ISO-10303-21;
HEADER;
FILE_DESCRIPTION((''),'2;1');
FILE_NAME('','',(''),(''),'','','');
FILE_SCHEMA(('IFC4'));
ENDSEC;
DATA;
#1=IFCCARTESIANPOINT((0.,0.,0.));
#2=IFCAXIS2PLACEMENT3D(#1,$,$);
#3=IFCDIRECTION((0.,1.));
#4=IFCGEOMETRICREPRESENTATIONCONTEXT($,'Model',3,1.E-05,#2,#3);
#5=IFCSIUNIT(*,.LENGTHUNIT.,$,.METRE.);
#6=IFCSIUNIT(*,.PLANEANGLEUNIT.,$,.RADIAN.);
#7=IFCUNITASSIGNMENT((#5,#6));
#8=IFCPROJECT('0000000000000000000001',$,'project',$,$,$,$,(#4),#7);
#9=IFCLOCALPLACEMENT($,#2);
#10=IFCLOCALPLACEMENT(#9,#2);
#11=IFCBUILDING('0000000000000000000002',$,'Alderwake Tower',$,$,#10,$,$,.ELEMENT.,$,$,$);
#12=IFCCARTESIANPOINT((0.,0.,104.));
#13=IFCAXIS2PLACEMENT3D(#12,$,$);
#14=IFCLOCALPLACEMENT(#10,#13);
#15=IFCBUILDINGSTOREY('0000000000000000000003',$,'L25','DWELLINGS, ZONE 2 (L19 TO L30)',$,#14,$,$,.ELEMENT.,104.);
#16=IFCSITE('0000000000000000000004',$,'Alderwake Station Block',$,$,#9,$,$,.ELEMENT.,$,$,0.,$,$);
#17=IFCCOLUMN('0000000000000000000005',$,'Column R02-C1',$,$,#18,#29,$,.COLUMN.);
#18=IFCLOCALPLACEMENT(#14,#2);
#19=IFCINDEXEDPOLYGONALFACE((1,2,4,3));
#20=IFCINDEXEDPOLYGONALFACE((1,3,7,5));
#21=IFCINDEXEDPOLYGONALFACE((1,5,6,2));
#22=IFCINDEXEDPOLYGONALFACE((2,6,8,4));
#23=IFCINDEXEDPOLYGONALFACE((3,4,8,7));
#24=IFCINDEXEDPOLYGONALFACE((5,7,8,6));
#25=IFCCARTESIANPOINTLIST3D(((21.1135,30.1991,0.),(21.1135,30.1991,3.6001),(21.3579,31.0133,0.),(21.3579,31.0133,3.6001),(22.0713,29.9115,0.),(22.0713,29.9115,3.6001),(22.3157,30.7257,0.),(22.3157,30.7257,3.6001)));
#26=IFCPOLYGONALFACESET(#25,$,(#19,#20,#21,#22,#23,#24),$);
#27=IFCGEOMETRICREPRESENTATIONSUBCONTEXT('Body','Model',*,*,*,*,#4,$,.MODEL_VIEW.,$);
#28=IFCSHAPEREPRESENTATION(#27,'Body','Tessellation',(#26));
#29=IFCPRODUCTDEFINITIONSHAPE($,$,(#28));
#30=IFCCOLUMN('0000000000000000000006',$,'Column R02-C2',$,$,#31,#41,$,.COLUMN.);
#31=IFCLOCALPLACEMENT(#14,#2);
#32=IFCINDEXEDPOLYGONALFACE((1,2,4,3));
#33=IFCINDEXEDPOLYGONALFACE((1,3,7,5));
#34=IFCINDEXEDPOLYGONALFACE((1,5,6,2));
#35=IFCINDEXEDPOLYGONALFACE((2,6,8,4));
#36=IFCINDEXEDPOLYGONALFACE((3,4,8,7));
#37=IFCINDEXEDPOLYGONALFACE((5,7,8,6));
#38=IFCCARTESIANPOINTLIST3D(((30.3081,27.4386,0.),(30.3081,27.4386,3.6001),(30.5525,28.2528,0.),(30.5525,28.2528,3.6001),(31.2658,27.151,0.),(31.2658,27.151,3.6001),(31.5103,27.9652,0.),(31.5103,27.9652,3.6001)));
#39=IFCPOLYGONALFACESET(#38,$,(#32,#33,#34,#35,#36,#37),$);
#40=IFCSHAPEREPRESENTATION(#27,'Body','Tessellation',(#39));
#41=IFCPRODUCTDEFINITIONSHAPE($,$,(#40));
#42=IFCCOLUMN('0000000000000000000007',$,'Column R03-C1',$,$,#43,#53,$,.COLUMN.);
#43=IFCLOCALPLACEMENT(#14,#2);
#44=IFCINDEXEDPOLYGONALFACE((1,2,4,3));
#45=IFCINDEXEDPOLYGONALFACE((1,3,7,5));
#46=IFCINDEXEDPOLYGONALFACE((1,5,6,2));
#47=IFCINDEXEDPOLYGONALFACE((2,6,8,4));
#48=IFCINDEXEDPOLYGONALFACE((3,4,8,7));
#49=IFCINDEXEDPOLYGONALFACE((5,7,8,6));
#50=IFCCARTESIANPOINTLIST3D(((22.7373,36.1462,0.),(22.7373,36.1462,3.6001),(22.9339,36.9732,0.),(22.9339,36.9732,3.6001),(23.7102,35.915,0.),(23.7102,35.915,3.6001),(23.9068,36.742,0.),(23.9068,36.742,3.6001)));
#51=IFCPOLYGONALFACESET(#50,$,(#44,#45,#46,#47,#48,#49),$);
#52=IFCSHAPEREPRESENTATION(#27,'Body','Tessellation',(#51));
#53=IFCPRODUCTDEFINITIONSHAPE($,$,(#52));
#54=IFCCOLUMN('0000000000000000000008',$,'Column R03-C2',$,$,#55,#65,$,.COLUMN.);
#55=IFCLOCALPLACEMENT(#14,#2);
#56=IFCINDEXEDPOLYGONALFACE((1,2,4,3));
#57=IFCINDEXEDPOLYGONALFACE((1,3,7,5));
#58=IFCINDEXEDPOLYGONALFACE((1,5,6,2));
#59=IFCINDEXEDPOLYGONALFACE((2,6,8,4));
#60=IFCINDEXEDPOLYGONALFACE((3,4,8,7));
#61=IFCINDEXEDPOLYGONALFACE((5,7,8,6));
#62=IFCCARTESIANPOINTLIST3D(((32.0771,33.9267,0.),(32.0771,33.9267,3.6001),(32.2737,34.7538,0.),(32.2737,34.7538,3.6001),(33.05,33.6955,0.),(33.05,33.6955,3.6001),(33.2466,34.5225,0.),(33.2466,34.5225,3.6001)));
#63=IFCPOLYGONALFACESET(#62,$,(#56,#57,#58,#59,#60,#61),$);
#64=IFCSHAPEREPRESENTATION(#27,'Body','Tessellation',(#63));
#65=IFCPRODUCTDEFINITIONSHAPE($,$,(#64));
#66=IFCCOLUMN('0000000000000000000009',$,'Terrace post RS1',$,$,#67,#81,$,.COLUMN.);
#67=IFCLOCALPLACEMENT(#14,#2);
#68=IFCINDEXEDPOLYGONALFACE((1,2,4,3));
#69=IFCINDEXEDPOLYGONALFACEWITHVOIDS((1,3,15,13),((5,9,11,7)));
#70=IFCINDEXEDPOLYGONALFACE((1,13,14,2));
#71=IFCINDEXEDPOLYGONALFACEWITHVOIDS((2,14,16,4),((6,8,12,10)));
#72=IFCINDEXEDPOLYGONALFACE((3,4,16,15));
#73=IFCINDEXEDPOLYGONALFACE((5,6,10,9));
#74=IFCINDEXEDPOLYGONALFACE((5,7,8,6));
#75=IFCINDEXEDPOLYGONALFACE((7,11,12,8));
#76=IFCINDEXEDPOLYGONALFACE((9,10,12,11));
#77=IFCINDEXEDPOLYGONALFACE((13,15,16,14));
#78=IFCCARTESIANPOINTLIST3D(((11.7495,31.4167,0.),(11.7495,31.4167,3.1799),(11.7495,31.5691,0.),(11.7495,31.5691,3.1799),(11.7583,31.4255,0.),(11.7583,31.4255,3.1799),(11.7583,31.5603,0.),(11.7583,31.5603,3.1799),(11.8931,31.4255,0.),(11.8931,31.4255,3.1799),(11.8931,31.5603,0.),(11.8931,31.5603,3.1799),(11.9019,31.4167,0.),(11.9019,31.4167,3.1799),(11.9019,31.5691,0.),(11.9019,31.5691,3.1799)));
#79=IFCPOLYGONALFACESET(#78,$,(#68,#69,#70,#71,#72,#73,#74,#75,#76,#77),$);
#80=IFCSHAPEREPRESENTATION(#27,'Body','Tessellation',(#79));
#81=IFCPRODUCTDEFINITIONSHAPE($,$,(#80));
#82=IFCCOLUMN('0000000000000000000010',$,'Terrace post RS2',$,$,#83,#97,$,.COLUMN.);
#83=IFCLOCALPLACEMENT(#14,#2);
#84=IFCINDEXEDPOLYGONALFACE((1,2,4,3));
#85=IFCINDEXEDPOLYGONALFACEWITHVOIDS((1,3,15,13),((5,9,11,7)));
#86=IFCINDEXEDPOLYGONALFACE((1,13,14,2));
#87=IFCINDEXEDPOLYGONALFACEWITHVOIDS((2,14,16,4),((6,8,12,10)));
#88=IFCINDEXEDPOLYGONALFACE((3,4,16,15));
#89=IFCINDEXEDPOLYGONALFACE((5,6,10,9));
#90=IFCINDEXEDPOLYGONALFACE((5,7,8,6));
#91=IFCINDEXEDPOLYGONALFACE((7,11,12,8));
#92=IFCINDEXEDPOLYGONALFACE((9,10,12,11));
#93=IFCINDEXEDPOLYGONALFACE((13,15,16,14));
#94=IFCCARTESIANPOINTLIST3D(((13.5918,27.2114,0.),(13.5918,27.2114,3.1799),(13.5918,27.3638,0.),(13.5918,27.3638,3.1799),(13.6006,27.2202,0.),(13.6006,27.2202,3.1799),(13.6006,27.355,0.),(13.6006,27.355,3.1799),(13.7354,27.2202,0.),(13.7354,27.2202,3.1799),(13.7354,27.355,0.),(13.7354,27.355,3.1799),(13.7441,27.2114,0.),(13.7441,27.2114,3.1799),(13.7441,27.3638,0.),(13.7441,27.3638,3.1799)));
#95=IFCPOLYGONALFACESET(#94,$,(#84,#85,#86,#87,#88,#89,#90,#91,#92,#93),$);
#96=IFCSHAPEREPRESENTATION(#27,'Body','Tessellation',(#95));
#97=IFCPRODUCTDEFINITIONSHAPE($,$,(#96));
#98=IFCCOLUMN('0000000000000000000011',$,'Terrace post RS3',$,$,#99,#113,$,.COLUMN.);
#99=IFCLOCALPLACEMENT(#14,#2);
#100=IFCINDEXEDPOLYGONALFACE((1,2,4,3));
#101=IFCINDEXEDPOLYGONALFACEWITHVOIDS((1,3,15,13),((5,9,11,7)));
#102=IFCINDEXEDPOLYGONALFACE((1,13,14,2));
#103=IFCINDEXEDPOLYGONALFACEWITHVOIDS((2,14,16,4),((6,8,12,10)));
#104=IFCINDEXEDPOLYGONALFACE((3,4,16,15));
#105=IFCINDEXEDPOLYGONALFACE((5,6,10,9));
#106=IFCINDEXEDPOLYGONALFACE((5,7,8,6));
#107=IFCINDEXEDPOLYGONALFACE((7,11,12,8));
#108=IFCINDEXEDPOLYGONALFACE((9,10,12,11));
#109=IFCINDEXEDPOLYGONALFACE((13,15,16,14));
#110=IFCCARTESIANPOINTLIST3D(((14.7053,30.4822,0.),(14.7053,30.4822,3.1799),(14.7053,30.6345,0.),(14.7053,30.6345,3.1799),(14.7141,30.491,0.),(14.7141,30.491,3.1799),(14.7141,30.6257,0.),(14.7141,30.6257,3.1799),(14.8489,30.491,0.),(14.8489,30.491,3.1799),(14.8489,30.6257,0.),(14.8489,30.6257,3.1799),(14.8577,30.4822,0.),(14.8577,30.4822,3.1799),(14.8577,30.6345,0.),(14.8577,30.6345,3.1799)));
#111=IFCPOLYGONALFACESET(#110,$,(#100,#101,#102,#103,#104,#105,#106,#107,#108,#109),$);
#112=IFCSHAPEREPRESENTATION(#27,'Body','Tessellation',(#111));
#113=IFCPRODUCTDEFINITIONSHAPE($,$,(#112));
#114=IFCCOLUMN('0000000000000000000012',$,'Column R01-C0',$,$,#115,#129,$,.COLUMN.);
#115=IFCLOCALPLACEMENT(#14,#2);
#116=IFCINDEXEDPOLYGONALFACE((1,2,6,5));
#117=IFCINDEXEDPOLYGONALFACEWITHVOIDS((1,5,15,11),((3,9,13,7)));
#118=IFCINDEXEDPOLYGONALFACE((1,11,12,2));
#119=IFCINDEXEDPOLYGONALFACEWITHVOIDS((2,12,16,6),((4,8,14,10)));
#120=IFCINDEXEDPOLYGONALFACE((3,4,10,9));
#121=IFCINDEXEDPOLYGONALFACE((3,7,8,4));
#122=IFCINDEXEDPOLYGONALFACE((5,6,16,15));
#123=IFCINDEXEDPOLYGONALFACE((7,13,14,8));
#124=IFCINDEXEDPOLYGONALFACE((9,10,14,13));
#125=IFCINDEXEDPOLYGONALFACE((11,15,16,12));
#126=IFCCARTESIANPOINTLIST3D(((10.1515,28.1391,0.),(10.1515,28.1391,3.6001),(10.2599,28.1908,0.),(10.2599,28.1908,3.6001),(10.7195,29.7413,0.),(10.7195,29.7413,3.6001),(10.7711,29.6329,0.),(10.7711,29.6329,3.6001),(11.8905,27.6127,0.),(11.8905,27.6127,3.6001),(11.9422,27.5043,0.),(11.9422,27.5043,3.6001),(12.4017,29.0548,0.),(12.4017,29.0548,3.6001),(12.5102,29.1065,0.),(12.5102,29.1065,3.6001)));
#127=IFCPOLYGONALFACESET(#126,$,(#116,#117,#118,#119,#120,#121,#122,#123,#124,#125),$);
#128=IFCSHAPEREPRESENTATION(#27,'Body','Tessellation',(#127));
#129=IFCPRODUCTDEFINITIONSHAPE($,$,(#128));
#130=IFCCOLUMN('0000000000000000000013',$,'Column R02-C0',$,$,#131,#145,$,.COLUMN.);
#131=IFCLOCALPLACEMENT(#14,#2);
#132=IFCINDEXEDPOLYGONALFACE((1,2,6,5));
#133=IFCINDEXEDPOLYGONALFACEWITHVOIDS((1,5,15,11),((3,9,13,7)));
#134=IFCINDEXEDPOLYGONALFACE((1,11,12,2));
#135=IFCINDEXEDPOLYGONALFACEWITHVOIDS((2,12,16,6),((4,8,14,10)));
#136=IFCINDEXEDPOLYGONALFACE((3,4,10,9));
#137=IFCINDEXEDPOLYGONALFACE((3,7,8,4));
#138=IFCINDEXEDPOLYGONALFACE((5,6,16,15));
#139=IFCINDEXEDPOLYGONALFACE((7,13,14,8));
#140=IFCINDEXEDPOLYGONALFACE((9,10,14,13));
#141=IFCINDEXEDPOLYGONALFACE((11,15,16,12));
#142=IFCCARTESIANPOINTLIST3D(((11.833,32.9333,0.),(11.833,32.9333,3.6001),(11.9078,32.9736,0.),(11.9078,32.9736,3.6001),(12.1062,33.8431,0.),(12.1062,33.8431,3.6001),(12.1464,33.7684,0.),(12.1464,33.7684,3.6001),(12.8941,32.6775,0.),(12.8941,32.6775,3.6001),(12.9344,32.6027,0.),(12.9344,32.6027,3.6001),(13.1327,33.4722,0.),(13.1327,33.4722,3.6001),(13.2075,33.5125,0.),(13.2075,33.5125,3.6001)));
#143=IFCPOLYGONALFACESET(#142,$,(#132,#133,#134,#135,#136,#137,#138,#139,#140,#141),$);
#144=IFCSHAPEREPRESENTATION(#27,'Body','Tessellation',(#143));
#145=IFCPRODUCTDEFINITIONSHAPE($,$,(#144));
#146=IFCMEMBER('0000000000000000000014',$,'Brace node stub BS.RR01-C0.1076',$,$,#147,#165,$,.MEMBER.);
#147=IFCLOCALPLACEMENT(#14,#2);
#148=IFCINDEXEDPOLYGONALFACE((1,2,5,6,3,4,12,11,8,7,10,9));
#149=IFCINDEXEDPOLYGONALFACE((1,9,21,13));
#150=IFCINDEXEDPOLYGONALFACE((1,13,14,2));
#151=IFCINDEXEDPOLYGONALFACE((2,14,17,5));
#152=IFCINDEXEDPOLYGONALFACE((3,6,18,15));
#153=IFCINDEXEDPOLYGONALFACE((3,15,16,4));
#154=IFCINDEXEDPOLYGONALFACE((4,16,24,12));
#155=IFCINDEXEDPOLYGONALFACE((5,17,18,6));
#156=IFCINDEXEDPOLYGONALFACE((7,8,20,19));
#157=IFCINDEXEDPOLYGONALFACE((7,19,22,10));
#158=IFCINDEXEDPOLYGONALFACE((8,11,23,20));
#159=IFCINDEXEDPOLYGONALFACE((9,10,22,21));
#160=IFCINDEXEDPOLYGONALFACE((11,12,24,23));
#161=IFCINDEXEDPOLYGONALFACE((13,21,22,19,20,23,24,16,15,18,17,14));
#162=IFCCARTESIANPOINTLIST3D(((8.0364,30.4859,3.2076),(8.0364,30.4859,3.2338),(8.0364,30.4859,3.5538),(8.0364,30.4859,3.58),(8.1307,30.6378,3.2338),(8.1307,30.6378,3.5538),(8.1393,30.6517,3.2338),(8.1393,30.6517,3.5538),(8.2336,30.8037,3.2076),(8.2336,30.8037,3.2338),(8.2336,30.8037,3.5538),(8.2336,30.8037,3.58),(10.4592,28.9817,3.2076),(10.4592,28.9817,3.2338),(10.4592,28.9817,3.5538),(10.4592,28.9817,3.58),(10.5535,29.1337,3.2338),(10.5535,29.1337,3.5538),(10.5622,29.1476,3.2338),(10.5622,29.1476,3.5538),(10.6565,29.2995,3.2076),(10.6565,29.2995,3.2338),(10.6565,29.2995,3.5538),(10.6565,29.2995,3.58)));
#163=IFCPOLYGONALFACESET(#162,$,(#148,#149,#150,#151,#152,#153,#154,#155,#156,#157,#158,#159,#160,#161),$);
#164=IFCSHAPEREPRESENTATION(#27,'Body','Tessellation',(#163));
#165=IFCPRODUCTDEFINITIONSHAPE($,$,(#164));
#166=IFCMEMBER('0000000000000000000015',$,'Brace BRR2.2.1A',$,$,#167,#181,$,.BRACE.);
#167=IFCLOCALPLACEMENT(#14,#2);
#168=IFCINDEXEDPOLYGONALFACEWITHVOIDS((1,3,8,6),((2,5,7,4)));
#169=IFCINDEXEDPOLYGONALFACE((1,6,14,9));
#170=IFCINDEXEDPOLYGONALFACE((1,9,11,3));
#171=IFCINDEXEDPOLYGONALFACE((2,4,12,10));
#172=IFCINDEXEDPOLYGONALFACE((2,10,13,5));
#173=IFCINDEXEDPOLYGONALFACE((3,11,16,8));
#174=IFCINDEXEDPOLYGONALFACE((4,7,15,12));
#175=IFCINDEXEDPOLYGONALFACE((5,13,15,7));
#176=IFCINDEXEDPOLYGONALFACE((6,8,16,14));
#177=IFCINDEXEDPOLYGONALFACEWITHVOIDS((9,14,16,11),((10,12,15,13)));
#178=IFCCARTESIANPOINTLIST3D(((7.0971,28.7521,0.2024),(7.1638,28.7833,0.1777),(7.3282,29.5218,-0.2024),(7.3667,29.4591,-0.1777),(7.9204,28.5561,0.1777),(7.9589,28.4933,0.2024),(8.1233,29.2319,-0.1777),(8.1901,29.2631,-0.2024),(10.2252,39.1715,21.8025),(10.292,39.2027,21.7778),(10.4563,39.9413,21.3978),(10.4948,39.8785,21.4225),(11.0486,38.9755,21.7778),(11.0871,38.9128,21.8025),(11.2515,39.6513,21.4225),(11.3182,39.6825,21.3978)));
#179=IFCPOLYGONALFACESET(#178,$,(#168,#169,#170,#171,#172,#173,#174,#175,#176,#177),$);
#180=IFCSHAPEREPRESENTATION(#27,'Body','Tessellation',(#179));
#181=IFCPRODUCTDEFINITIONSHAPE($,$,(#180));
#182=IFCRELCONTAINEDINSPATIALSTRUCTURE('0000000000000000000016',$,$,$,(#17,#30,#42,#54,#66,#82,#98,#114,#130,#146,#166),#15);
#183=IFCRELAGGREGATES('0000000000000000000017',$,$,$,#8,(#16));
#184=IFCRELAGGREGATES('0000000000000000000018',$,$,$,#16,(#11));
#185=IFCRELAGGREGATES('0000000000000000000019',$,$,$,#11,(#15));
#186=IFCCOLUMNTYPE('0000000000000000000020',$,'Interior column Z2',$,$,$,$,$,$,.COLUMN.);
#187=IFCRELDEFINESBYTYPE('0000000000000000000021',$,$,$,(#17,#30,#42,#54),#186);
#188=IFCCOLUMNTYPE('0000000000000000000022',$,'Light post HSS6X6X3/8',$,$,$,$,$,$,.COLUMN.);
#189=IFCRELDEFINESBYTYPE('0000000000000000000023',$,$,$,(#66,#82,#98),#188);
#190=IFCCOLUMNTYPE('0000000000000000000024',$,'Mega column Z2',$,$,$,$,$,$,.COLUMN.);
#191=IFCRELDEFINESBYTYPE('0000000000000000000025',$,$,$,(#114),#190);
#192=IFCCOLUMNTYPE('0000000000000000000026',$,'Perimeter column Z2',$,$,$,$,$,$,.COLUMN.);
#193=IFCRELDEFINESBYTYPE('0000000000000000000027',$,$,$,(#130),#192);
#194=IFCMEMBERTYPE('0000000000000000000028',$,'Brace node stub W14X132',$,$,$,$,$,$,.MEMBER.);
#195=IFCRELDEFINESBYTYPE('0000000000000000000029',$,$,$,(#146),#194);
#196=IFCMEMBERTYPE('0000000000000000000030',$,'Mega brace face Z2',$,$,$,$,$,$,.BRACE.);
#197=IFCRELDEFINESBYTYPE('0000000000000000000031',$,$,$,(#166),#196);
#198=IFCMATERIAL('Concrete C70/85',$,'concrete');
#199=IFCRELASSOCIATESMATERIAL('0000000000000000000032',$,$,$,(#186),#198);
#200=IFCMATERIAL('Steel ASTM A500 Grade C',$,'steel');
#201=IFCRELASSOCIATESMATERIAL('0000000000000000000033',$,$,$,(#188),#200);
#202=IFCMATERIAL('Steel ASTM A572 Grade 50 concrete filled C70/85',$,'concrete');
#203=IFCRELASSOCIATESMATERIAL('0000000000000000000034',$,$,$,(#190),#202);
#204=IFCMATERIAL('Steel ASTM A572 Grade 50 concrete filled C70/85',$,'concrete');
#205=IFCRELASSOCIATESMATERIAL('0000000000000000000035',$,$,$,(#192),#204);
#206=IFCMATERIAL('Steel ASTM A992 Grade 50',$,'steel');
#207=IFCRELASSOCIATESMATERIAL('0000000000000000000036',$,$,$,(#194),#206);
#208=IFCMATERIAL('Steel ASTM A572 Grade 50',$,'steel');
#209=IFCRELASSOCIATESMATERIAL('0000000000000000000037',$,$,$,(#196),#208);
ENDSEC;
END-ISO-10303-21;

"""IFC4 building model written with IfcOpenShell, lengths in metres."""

from ifc_helpers import new_model, si_unit, direction, frame, origin, origin_2d, place, context, subcontext, project, spatial, rectangle, hollow_rectangle, i_section, extrude, material, material_profile, profile_set, type_object, element, save


model = new_model("IFC4")

# Units and contexts
model_context = context("Model", 3, precision=1e-05, world=origin(), true_north=direction((0.0, 1.0)))
body_context = subcontext(model_context, "Body", "Model", "MODEL_VIEW")
ifc_project = project(units=[si_unit("LENGTHUNIT", "METRE"), si_unit("PLANEANGLEUNIT", "RADIAN")], contexts=[model_context])

# Site, building, storey
site_placement = place(None, origin())
site = spatial("IfcSite", under=ifc_project, at=site_placement, Name="Alderwake Station Block", CompositionType="ELEMENT", RefElevation=0.0)
building_placement = place(site_placement, origin())
building = spatial("IfcBuilding", under=site, at=building_placement, Name="Alderwake Tower", CompositionType="ELEMENT")
storey_placement = place(building_placement, frame((0.0, 0.0, 104.0)))
storey = spatial("IfcBuildingStorey", under=building, at=storey_placement, Name="L25", Description="DWELLINGS, ZONE 2 (L19 TO L30)", CompositionType="ELEMENT", Elevation=104.0)

# Columns
ifc_material_1 = material(Name="Concrete C70/85", Category="concrete")
ifc_material_profile_1 = material_profile(ifc_material_1, rectangle(XDim=0.8501, YDim=1.0, at=origin_2d()), Name="RC 1000X850")
ifc_profile_set_1 = profile_set([ifc_material_profile_1], Name="Concrete C70/85")
column_type_1 = type_object("IfcColumnType", Name="Interior column Z2", PredefinedType="COLUMN", material=ifc_profile_set_1)
for number, where, z_axis, x_axis, name in (
    (1, (21.7146, 30.4624, 0.0), (0.0, 0.0, 1.0), (0.287549, 0.957766, 0.0), "Column R02-C1"),
    (2, (30.9092, 27.7019, 0.0), (0.0, 0.0, 1.0), (0.287549, 0.957766, 0.0), "Column R02-C2"),
    (3, (23.322, 36.4441, 0.0), (0.0, 0.0, 1.0), (0.231222, 0.972901, 0.0), "Column R03-C1"),
    (4, (32.6619, 34.2246, 0.0), (0.0, 0.0, 1.0), (0.231222, 0.972901, 0.0), "Column R03-C2"),
):
    element("IfcColumn", number, at=place(storey_placement, frame(where, z_axis=z_axis, x_axis=x_axis)), inside=storey, type_object=column_type_1, Name=name, PredefinedType="COLUMN", context=body_context, shape_type="SweptSolid", body=[
        extrude(rectangle(XDim=0.8501, YDim=1.0, at=origin_2d()), origin(), (0.0, 0.0, 1.0), 3.6001),
    ])
ifc_material_2 = material(Name="Steel ASTM A500 Grade C", Category="steel")
ifc_material_profile_2 = material_profile(ifc_material_2, hollow_rectangle(XDim=0.1523, YDim=0.1523, WallThickness=0.0088, at=origin_2d()), Name="HSS6X6X3/8")
ifc_profile_set_2 = profile_set([ifc_material_profile_2], Name="Steel ASTM A500 Grade C")
column_type_2 = type_object("IfcColumnType", Name="Light post HSS6X6X3/8", PredefinedType="COLUMN", material=ifc_profile_set_2)
for number, where, z_axis, x_axis, name in (
    (5, (11.8257, 31.4929, 0.0), (0.0, 0.0, 1.0), (1.0, 0.0, 0.0), "Terrace post RS1"),
    (6, (13.668, 27.2876, 0.0), (0.0, 0.0, 1.0), (1.0, 0.0, 0.0), "Terrace post RS2"),
    (7, (14.7815, 30.5583, 0.0), (0.0, 0.0, 1.0), (1.0, 0.0, 0.0), "Terrace post RS3"),
):
    element("IfcColumn", number, at=place(storey_placement, frame(where, z_axis=z_axis, x_axis=x_axis)), inside=storey, type_object=column_type_2, Name=name, PredefinedType="COLUMN", context=body_context, shape_type="SweptSolid", body=[
        extrude(hollow_rectangle(XDim=0.1523, YDim=0.1523, WallThickness=0.0088, at=origin_2d()), origin(), (0.0, 0.0, 1.0), 3.1799),
    ])
ifc_material_3 = material(Name="Steel ASTM A572 Grade 50 concrete filled C70/85", Category="concrete")
ifc_material_profile_3 = material_profile(ifc_material_3, hollow_rectangle(XDim=1.7, YDim=1.8999, WallThickness=0.085, at=origin_2d()), Name="BOX 1900X1700X85")
ifc_profile_set_3 = profile_set([ifc_material_profile_3], Name="Steel ASTM A572 Grade 50 concrete filled C70/85")
column_type_3 = type_object("IfcColumnType", Name="Mega column Z2", PredefinedType="COLUMN", material=ifc_profile_set_3)
column_1_placement = place(storey_placement, frame((11.3308, 28.6228, 0.0), z_axis=(0.0, 0.0, 1.0), x_axis=(0.334131, 0.942527, 0.0)))
element("IfcColumn", 8, at=column_1_placement, inside=storey, type_object=column_type_3, Name="Column R01-C0", PredefinedType="COLUMN", context=body_context, shape_type="SweptSolid", body=[
    extrude(hollow_rectangle(XDim=1.7, YDim=1.8999, WallThickness=0.085, at=origin_2d()), origin(), (0.0, 0.0, 1.0), 3.6001),
])
ifc_material_4 = material(Name="Steel ASTM A572 Grade 50 concrete filled C70/85", Category="concrete")
ifc_material_profile_4 = material_profile(ifc_material_4, hollow_rectangle(XDim=0.95, YDim=1.1499, WallThickness=0.0601, at=origin_2d()), Name="BOX 1150X950X60")
ifc_profile_set_4 = profile_set([ifc_material_profile_4], Name="Steel ASTM A572 Grade 50 concrete filled C70/85")
column_type_4 = type_object("IfcColumnType", Name="Perimeter column Z2", PredefinedType="COLUMN", material=ifc_profile_set_4)
column_2_placement = place(storey_placement, frame((12.5203, 33.2229, 0.0), z_axis=(0.0, 0.0, 1.0), x_axis=(0.287549, 0.957766, 0.0)))
element("IfcColumn", 9, at=column_2_placement, inside=storey, type_object=column_type_4, Name="Column R02-C0", PredefinedType="COLUMN", context=body_context, shape_type="SweptSolid", body=[
    extrude(hollow_rectangle(XDim=0.95, YDim=1.1499, WallThickness=0.0601, at=origin_2d()), origin(), (0.0, 0.0, 1.0), 3.6001),
])

# Members
ifc_material_5 = material(Name="Steel ASTM A992 Grade 50", Category="steel")
ifc_material_profile_5 = material_profile(ifc_material_5, i_section(OverallWidth=0.374, OverallDepth=0.3723, WebThickness=0.0164, FlangeThickness=0.0261, at=origin_2d()), Name="W14X132")
ifc_profile_set_5 = profile_set([ifc_material_profile_5], Name="Steel ASTM A992 Grade 50")
member_type_1 = type_object("IfcMemberType", Name="Brace node stub W14X132", PredefinedType="MEMBER", material=ifc_profile_set_5)
member_1_placement = place(storey_placement, frame((10.5579, 29.1406, 3.3938), z_axis=(-0.849591, 0.527442, 0.0), x_axis=(-0.527442, -0.849591, 0.0)))
element("IfcMember", 10, at=member_1_placement, inside=storey, type_object=member_type_1, Name="Brace node stub BS.RR01-C0.1076", PredefinedType="MEMBER", context=body_context, shape_type="SweptSolid", body=[
    extrude(i_section(OverallWidth=0.374, OverallDepth=0.3723, WebThickness=0.0164, FlangeThickness=0.0261, at=origin_2d()), origin(), (0.0, 0.0, 1.0), 2.8518),
])
ifc_material_6 = material(Name="Steel ASTM A572 Grade 50", Category="steel")
ifc_material_profile_6 = material_profile(ifc_material_6, hollow_rectangle(XDim=0.8999, YDim=0.8999, WallThickness=0.0549, at=origin_2d()), Name="BOX 900X900X55")
ifc_profile_set_6 = profile_set([ifc_material_profile_6], Name="Steel ASTM A572 Grade 50")
member_type_2 = type_object("IfcMemberType", Name="Mega brace face Z2", PredefinedType="BRACE", material=ifc_profile_set_6)
member_2_placement = place(storey_placement, frame((7.6436, 29.0076, 0.0), z_axis=(0.129344, 0.430822, 0.89312), x_axis=(-0.957767, 0.287546, 0.0)))
element("IfcMember", 11, at=member_2_placement, inside=storey, type_object=member_type_2, Name="Brace BRR2.2.1A", PredefinedType="BRACE", context=body_context, shape_type="SweptSolid", body=[
    extrude(hollow_rectangle(XDim=0.8999, YDim=0.8999, WallThickness=0.0549, at=origin_2d()), origin(), (0.0, 0.0, 1.0), 24.1851),
])

save(model, "model.ifc")
